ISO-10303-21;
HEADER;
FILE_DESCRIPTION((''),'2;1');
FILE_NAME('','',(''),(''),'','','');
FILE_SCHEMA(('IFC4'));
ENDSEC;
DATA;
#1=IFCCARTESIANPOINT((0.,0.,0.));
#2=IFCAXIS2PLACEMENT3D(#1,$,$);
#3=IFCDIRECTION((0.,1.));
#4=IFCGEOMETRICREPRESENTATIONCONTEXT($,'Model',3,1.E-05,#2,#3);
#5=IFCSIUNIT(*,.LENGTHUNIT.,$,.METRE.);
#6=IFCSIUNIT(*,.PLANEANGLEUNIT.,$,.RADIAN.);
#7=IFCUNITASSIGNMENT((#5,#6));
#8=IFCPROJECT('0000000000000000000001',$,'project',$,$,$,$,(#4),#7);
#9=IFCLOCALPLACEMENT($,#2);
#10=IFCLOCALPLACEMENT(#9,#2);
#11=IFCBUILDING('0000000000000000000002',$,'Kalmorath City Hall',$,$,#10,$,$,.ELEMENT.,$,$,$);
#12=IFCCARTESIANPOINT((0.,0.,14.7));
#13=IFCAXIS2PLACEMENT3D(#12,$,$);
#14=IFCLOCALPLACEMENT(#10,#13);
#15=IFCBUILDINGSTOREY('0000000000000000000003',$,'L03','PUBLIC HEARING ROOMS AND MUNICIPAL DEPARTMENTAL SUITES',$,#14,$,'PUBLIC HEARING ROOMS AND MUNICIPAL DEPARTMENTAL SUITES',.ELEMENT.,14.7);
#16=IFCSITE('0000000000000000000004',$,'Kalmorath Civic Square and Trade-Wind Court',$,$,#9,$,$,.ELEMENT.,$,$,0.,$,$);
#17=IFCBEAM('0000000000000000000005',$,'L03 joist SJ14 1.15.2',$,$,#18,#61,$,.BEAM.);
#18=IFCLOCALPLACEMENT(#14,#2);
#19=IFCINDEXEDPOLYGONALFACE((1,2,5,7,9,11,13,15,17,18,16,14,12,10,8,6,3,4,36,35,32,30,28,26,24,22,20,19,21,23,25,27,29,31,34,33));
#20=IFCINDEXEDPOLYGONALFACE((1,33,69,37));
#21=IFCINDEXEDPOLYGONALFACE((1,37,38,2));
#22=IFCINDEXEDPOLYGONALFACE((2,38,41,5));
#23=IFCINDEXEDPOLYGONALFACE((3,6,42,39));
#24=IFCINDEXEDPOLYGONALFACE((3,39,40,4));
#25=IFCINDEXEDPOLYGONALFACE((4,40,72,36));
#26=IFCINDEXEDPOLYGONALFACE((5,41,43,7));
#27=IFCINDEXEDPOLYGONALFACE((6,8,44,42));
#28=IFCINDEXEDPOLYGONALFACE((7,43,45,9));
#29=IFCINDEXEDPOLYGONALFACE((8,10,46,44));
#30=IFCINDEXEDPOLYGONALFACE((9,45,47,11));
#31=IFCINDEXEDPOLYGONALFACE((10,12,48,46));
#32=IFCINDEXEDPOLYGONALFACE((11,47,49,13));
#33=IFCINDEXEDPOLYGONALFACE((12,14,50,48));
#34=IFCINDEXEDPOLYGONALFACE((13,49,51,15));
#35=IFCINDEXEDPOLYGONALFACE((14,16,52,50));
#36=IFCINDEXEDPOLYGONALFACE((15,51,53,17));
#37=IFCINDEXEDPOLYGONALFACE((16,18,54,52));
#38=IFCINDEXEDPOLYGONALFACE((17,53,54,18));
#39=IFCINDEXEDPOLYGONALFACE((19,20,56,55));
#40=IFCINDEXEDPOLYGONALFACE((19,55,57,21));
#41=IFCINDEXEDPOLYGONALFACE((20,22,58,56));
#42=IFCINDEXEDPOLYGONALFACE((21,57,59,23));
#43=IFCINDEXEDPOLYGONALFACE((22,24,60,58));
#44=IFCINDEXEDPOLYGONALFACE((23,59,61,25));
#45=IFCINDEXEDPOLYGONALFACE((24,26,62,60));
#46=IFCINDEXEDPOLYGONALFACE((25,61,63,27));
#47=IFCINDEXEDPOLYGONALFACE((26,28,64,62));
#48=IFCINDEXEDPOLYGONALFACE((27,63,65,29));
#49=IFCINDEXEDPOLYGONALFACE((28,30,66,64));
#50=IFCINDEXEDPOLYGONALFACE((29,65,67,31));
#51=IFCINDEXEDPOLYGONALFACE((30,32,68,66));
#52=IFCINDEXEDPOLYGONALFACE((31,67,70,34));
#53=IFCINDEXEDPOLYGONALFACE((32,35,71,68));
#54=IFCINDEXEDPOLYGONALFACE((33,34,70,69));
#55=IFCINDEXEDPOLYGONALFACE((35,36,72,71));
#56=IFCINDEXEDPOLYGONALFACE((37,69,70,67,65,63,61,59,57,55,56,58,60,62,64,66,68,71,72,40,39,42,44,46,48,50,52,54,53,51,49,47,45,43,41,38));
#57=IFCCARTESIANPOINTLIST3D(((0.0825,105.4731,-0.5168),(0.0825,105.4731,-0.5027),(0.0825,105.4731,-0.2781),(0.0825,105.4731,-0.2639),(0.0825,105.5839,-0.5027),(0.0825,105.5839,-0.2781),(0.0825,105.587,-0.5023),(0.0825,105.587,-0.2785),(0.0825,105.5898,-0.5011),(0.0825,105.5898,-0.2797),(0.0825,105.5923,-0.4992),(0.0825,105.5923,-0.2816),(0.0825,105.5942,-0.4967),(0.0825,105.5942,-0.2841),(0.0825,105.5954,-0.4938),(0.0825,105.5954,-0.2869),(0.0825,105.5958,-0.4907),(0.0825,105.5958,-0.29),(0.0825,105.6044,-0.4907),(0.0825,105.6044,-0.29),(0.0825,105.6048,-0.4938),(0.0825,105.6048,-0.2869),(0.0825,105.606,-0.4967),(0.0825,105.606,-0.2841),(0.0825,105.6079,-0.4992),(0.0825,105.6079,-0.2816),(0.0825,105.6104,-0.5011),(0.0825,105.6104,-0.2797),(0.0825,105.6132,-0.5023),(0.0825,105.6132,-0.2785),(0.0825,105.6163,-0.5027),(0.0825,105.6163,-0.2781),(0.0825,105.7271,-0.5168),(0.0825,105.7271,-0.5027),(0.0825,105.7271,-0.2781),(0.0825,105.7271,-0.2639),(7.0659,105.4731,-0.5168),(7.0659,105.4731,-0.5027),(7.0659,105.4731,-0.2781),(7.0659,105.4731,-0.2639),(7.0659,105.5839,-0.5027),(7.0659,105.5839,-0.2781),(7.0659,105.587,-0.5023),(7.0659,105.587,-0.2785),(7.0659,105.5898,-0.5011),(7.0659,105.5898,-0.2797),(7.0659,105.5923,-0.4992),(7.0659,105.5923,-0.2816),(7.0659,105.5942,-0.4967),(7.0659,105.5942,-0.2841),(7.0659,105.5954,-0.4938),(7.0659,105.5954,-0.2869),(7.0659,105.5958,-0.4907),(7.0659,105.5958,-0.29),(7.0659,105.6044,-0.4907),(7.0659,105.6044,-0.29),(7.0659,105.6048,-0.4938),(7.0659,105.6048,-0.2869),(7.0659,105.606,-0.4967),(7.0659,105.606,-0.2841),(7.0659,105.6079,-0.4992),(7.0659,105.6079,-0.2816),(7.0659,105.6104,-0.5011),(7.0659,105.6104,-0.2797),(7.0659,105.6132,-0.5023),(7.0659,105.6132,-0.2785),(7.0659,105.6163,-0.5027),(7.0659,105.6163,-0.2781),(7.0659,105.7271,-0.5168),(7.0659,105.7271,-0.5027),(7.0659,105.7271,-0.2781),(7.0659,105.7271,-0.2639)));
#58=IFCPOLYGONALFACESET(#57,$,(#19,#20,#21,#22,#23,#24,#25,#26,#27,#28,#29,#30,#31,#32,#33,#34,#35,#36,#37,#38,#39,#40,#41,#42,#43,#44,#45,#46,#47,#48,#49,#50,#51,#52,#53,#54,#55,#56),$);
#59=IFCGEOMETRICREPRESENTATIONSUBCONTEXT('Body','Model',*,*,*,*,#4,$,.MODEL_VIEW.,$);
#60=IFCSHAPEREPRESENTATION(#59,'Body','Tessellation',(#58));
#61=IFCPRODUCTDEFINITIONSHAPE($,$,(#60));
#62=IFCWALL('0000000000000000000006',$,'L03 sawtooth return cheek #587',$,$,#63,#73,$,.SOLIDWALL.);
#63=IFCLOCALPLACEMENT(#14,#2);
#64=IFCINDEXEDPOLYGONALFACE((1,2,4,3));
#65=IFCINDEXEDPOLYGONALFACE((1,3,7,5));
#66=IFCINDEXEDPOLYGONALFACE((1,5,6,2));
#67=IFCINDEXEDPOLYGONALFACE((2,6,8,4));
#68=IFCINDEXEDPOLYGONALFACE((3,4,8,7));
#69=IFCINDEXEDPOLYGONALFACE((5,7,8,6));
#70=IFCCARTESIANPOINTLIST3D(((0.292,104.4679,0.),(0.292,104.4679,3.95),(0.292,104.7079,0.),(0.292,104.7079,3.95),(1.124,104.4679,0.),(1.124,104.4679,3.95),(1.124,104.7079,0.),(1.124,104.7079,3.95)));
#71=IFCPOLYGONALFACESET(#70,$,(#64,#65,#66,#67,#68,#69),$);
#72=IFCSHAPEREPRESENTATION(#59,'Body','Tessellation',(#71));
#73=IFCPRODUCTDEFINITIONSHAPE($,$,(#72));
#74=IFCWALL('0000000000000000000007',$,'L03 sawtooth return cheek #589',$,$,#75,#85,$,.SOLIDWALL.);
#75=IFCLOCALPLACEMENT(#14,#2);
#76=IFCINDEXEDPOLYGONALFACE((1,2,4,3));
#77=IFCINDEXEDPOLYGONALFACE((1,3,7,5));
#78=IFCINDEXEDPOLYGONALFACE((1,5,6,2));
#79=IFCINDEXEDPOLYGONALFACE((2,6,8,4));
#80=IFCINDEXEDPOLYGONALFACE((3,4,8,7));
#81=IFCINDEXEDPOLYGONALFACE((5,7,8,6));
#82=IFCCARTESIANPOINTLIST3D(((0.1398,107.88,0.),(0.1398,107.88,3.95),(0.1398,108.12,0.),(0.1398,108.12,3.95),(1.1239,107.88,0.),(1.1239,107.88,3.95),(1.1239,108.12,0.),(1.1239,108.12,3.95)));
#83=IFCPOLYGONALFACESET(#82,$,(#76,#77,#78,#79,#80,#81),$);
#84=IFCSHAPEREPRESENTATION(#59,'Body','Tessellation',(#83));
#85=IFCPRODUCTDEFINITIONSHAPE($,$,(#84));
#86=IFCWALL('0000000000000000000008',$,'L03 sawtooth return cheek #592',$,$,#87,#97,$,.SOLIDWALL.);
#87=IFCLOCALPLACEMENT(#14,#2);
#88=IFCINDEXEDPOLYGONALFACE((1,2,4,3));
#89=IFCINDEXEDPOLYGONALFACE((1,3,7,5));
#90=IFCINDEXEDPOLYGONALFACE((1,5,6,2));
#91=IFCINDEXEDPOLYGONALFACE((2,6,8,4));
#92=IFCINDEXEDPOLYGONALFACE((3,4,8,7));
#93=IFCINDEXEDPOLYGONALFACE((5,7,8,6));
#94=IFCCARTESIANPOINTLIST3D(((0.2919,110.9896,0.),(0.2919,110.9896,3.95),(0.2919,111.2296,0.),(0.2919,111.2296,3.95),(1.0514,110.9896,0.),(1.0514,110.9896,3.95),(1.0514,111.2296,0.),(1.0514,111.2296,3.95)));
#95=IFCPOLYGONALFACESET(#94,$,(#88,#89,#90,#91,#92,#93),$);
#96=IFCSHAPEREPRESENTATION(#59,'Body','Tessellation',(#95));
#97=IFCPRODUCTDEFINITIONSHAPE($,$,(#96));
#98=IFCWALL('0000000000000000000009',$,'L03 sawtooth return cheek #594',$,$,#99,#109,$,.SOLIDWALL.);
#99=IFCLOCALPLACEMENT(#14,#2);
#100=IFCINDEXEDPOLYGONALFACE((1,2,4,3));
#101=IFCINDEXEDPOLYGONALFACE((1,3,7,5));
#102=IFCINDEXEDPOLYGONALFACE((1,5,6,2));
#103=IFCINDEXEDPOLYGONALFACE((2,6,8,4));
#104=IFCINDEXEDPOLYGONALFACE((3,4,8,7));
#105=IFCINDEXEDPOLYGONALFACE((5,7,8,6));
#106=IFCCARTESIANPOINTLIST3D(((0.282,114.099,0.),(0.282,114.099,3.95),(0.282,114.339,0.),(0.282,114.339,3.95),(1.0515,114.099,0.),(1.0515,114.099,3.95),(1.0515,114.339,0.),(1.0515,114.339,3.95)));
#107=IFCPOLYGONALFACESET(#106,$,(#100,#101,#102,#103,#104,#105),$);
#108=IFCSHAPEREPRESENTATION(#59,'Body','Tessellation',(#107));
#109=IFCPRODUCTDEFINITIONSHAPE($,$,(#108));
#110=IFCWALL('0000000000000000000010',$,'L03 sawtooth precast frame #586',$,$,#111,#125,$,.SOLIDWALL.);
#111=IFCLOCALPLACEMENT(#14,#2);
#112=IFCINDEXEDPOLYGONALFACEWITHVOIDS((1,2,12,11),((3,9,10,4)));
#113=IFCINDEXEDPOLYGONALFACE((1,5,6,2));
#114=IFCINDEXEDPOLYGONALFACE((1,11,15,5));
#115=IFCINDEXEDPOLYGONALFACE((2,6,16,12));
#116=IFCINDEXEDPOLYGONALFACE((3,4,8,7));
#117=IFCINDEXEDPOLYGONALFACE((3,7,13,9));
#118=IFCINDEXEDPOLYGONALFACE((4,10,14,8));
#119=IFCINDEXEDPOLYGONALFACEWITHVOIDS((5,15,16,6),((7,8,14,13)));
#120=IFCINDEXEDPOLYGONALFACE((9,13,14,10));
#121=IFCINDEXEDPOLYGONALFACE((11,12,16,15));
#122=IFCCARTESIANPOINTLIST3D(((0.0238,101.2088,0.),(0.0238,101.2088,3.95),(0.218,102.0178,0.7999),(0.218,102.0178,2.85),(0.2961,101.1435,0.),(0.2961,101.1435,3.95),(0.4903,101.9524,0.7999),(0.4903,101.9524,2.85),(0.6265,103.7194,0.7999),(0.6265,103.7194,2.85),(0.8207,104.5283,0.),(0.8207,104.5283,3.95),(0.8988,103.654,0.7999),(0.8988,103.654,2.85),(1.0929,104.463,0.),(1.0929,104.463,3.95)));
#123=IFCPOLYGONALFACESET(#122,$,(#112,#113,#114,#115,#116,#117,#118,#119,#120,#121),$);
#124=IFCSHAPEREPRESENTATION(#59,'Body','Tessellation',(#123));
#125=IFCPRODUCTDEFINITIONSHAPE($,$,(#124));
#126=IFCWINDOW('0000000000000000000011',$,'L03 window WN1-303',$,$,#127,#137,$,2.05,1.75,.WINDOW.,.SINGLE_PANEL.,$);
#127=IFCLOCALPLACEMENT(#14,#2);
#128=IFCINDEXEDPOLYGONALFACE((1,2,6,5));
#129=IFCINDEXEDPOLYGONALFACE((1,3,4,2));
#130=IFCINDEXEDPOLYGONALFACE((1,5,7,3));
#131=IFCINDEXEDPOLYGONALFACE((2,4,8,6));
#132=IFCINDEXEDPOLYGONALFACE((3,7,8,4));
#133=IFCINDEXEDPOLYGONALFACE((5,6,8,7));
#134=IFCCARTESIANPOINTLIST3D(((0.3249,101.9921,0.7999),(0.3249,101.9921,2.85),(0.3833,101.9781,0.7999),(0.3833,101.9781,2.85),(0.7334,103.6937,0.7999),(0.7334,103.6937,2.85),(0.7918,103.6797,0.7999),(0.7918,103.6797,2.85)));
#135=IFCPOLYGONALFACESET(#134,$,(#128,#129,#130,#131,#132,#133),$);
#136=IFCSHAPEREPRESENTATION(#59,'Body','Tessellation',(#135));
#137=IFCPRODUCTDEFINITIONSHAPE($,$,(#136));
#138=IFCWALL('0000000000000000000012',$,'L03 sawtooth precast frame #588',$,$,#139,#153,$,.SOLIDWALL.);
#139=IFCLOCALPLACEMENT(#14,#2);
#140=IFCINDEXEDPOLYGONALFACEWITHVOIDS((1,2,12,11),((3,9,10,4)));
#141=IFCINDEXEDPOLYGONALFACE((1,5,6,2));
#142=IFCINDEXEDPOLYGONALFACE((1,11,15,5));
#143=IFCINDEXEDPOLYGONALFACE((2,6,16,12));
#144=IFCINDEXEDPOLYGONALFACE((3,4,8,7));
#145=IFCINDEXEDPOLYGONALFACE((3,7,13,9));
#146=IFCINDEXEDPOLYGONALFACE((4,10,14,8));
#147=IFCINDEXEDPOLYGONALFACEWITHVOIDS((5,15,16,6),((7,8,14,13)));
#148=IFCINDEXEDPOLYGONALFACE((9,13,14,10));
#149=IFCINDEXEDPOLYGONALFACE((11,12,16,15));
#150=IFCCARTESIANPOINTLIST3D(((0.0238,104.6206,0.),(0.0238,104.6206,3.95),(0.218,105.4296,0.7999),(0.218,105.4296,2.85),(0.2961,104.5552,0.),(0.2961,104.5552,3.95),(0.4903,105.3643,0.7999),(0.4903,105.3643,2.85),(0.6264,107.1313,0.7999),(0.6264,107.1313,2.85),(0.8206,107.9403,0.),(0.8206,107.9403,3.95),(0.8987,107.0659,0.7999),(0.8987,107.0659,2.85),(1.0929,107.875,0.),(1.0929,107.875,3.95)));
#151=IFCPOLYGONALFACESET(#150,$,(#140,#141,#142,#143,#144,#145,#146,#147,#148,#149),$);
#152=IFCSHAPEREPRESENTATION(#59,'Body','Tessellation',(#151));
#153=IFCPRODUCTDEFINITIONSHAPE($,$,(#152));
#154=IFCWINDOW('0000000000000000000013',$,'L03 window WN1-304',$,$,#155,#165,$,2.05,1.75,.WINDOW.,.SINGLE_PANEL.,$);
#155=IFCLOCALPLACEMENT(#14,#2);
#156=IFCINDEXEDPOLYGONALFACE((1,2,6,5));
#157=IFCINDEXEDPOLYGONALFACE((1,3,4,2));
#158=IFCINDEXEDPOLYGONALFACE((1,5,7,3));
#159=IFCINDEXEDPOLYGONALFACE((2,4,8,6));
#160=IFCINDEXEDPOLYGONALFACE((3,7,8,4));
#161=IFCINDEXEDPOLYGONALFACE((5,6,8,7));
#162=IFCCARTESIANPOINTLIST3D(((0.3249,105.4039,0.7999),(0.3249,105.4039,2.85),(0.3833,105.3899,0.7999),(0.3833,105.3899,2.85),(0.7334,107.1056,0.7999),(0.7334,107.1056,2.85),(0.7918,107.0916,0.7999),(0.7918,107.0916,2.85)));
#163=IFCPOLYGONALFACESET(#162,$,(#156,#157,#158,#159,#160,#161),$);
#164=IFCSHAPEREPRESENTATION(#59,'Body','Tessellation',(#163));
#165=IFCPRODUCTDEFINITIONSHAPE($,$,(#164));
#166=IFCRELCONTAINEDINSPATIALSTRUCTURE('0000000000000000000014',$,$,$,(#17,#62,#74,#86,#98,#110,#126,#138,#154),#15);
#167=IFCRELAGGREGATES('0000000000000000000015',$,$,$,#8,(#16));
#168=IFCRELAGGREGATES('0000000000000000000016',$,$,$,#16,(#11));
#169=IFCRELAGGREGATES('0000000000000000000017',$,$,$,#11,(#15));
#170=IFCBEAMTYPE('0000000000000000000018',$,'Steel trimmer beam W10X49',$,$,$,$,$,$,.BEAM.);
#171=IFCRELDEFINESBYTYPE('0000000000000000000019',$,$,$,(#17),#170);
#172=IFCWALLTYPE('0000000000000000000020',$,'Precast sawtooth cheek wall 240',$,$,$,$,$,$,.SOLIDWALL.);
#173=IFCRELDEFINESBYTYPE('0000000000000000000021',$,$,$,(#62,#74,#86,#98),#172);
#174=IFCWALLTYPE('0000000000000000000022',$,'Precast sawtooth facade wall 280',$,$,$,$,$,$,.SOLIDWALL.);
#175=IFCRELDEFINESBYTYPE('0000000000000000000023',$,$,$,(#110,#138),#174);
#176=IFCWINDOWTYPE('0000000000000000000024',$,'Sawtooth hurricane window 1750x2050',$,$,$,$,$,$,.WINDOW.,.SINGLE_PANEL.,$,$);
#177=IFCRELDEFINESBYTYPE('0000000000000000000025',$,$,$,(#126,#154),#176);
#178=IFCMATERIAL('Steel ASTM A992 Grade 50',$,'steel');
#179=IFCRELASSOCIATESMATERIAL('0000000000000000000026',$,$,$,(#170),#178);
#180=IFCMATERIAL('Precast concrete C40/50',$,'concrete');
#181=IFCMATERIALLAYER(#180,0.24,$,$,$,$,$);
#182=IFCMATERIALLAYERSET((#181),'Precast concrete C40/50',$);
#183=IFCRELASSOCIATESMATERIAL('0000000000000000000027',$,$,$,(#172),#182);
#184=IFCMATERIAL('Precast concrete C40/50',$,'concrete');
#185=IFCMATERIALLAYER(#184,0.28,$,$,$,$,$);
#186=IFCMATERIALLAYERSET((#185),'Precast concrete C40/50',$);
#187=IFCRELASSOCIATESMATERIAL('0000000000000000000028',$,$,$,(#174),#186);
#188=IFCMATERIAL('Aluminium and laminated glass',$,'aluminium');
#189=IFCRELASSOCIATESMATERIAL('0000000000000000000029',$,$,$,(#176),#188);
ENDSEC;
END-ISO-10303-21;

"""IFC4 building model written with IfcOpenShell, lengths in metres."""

from ifc_helpers import new_model, si_unit, direction, frame, frame_2d, origin, origin_2d, place, context, subcontext, project, spatial, rectangle, i_section, extrude, material, layer, layer_set, material_profile, profile_set, type_object, element, fill, save


model = new_model("IFC4")

# Units and contexts
model_context = context("Model", 3, precision=1e-05, world=origin(), true_north=direction((0.0, 1.0)))
body_context = subcontext(model_context, "Body", "Model", "MODEL_VIEW")
ifc_project = project(units=[si_unit("LENGTHUNIT", "METRE"), si_unit("PLANEANGLEUNIT", "RADIAN")], contexts=[model_context])

# Site, building, storey
site_placement = place(None, origin())
site = spatial("IfcSite", under=ifc_project, at=site_placement, Name="Kalmorath Civic Square and Trade-Wind Court", CompositionType="ELEMENT", RefElevation=0.0)
building_placement = place(site_placement, origin())
building = spatial("IfcBuilding", under=site, at=building_placement, Name="Kalmorath City Hall", CompositionType="ELEMENT")
storey_placement = place(building_placement, frame((0.0, 0.0, 14.7)))
storey = spatial("IfcBuildingStorey", under=building, at=storey_placement, Name="L03", Description="PUBLIC HEARING ROOMS AND MUNICIPAL DEPARTMENTAL SUITES", LongName="PUBLIC HEARING ROOMS AND MUNICIPAL DEPARTMENTAL SUITES", CompositionType="ELEMENT", Elevation=14.7)

# Beam
ifc_material_1 = material(Name="Steel ASTM A992 Grade 50", Category="steel")
ifc_material_profile_1 = material_profile(ifc_material_1, i_section(OverallWidth=0.2539, OverallDepth=0.2529, WebThickness=0.0085, FlangeThickness=0.0142, FilletRadius=0.012, at=origin_2d()), Name="W10X49")
ifc_profile_set_1 = profile_set([ifc_material_profile_1], Name="Steel ASTM A992 Grade 50")
beam_type_1 = type_object("IfcBeamType", Name="Steel trimmer beam W10X49", PredefinedType="BEAM", material=ifc_profile_set_1)
for number, where, z_axis, x_axis, name in (
    (1, (0.0825, 105.6001, -0.3904), (1.0, 0.0, 0.0), (0.0, 1.0, 0.0), "L03 joist SJ14 1.15.2"),
):
    element("IfcBeam", number, at=place(storey_placement, frame(where, z_axis=z_axis, x_axis=x_axis)), inside=storey, type_object=beam_type_1, Name=name, PredefinedType="BEAM", context=body_context, shape_type="SweptSolid", body=[
        extrude(i_section(OverallWidth=0.2539, OverallDepth=0.2529, WebThickness=0.0085, FlangeThickness=0.0142, FilletRadius=0.012, at=origin_2d()), origin(), (0.0, 0.0, 1.0), 6.9834),
    ])

# Walls
ifc_material_2 = material(Name="Precast concrete C40/50", Category="concrete")
ifc_layer_1 = layer(ifc_material_2, 0.24)
ifc_layer_set_1 = layer_set([ifc_layer_1], Name="Precast concrete C40/50")
wall_type_1 = type_object("IfcWallType", Name="Precast sawtooth cheek wall 240", PredefinedType="SOLIDWALL", material=ifc_layer_set_1)
wall_1_placement = place(storey_placement, frame((1.124, 104.5879, 0.0), z_axis=(0.0, 0.0, 1.0), x_axis=(-1.0, 0.0, 0.0)))
element("IfcWall", 2, at=wall_1_placement, inside=storey, type_object=wall_type_1, Name="L03 sawtooth return cheek #587", PredefinedType="SOLIDWALL", context=body_context, shape_type="SweptSolid", body=[
    extrude(rectangle(XDim=0.832, YDim=0.24, at=frame_2d((0.416, 0.0))), origin(), (0.0, 0.0, 1.0), 3.95),
])
wall_2_placement = place(storey_placement, frame((1.124, 108.0, 0.0), z_axis=(0.0, 0.0, 1.0), x_axis=(-1.0, 0.0, 0.0)))
element("IfcWall", 3, at=wall_2_placement, inside=storey, type_object=wall_type_1, Name="L03 sawtooth return cheek #589", PredefinedType="SOLIDWALL", context=body_context, shape_type="SweptSolid", body=[
    extrude(rectangle(XDim=0.9841, YDim=0.24, at=frame_2d((0.4922, 0.0))), origin(), (0.0, 0.0, 1.0), 3.95),
])
wall_3_placement = place(storey_placement, frame((1.0515, 111.1096, 0.0), z_axis=(0.0, 0.0, 1.0), x_axis=(-1.0, 0.0, 0.0)))
element("IfcWall", 4, at=wall_3_placement, inside=storey, type_object=wall_type_1, Name="L03 sawtooth return cheek #592", PredefinedType="SOLIDWALL", context=body_context, shape_type="SweptSolid", body=[
    extrude(rectangle(XDim=0.7595, YDim=0.24, at=frame_2d((0.3799, 0.0))), origin(), (0.0, 0.0, 1.0), 3.95),
])
wall_4_placement = place(storey_placement, frame((1.0515, 114.219, 0.0), z_axis=(0.0, 0.0, 1.0), x_axis=(-1.0, 0.0, 0.0)))
element("IfcWall", 5, at=wall_4_placement, inside=storey, type_object=wall_type_1, Name="L03 sawtooth return cheek #594", PredefinedType="SOLIDWALL", context=body_context, shape_type="SweptSolid", body=[
    extrude(rectangle(XDim=0.7695, YDim=0.24, at=frame_2d((0.3848, 0.0))), origin(), (0.0, 0.0, 1.0), 3.95),
])

# Walls, openings, windows
ifc_material_3 = material(Name="Precast concrete C40/50", Category="concrete")
ifc_layer_2 = layer(ifc_material_3, 0.28)
ifc_layer_set_2 = layer_set([ifc_layer_2], Name="Precast concrete C40/50")
wall_type_2 = type_object("IfcWallType", Name="Precast sawtooth facade wall 280", PredefinedType="SOLIDWALL", material=ifc_layer_set_2)
wall_5_placement = place(storey_placement, frame((0.1599, 101.176, 0.0), z_axis=(0.0, 0.0, 1.0), x_axis=(0.233422, 0.972376, 0.0)))
wall_5 = element("IfcWall", 6, at=wall_5_placement, inside=storey, type_object=wall_type_2, Name="L03 sawtooth precast frame #586", PredefinedType="SOLIDWALL", context=body_context, shape_type="SweptSolid", body=[
    extrude(rectangle(XDim=3.4138, YDim=0.28, at=frame_2d((1.707, 0.0))), origin(), (0.0, 0.0, 1.0), 3.95),
])
opening_1_placement = place(wall_5_placement, frame((0.832, 0.0, 0.8)))
opening_1 = element("IfcOpeningElement", 7, at=opening_1_placement, cuts=wall_5, PredefinedType="OPENING", context=body_context, shape_type="SweptSolid", body=[
    extrude(rectangle(XDim=1.75, YDim=2.05, at=frame_2d((0.875, 1.0249))), frame((0.0, 0.1499, 0.0), z_axis=(0.0, -1.0, 0.0), x_axis=(1.0, 0.0, 0.0)), (0.0, 0.0, 1.0), 0.3),
])
ifc_material_4 = material(Name="Aluminium and laminated glass", Category="aluminium")
window_type = type_object("IfcWindowType", Name="Sawtooth hurricane window 1750x2050", PartitioningType="SINGLE_PANEL", PredefinedType="WINDOW", material=ifc_material_4)
window_1_placement = place(opening_1_placement, origin())
window_1 = element("IfcWindow", 8, at=window_1_placement, inside=storey, type_object=window_type, Name="L03 window WN1-303", OverallHeight=2.05, OverallWidth=1.75, PartitioningType="SINGLE_PANEL", PredefinedType="WINDOW", context=body_context, shape_type="SweptSolid", body=[
    extrude(rectangle(XDim=1.75, YDim=2.05, at=frame_2d((0.875, 1.0249))), frame((0.0, 0.03, 0.0), z_axis=(0.0, -1.0, 0.0), x_axis=(1.0, 0.0, 0.0)), (0.0, 0.0, 1.0), 0.0601),
])
fill(opening_1, window_1)
wall_6_placement = place(storey_placement, frame((0.1599, 104.5879, 0.0), z_axis=(0.0, 0.0, 1.0), x_axis=(0.233405, 0.97238, 0.0)))
wall_6 = element("IfcWall", 9, at=wall_6_placement, inside=storey, type_object=wall_type_2, Name="L03 sawtooth precast frame #588", PredefinedType="SOLIDWALL", context=body_context, shape_type="SweptSolid", body=[
    extrude(rectangle(XDim=3.4141, YDim=0.28, at=frame_2d((1.707, 0.0))), origin(), (0.0, 0.0, 1.0), 3.95),
])
opening_2_placement = place(wall_6_placement, frame((0.832, 0.0, 0.8)))
opening_2 = element("IfcOpeningElement", 10, at=opening_2_placement, cuts=wall_6, PredefinedType="OPENING", context=body_context, shape_type="SweptSolid", body=[
    extrude(rectangle(XDim=1.75, YDim=2.05, at=frame_2d((0.875, 1.0249))), frame((0.0, 0.1499, 0.0), z_axis=(0.0, -1.0, 0.0), x_axis=(1.0, 0.0, 0.0)), (0.0, 0.0, 1.0), 0.3),
])
window_2_placement = place(opening_2_placement, origin())
window_2 = element("IfcWindow", 11, at=window_2_placement, inside=storey, type_object=window_type, Name="L03 window WN1-304", OverallHeight=2.05, OverallWidth=1.75, PartitioningType="SINGLE_PANEL", PredefinedType="WINDOW", context=body_context, shape_type="SweptSolid", body=[
    extrude(rectangle(XDim=1.75, YDim=2.05, at=frame_2d((0.875, 1.0249))), frame((0.0, 0.03, 0.0), z_axis=(0.0, -1.0, 0.0), x_axis=(1.0, 0.0, 0.0)), (0.0, 0.0, 1.0), 0.0601),
])
fill(opening_2, window_2)

save(model, "model.ifc")
